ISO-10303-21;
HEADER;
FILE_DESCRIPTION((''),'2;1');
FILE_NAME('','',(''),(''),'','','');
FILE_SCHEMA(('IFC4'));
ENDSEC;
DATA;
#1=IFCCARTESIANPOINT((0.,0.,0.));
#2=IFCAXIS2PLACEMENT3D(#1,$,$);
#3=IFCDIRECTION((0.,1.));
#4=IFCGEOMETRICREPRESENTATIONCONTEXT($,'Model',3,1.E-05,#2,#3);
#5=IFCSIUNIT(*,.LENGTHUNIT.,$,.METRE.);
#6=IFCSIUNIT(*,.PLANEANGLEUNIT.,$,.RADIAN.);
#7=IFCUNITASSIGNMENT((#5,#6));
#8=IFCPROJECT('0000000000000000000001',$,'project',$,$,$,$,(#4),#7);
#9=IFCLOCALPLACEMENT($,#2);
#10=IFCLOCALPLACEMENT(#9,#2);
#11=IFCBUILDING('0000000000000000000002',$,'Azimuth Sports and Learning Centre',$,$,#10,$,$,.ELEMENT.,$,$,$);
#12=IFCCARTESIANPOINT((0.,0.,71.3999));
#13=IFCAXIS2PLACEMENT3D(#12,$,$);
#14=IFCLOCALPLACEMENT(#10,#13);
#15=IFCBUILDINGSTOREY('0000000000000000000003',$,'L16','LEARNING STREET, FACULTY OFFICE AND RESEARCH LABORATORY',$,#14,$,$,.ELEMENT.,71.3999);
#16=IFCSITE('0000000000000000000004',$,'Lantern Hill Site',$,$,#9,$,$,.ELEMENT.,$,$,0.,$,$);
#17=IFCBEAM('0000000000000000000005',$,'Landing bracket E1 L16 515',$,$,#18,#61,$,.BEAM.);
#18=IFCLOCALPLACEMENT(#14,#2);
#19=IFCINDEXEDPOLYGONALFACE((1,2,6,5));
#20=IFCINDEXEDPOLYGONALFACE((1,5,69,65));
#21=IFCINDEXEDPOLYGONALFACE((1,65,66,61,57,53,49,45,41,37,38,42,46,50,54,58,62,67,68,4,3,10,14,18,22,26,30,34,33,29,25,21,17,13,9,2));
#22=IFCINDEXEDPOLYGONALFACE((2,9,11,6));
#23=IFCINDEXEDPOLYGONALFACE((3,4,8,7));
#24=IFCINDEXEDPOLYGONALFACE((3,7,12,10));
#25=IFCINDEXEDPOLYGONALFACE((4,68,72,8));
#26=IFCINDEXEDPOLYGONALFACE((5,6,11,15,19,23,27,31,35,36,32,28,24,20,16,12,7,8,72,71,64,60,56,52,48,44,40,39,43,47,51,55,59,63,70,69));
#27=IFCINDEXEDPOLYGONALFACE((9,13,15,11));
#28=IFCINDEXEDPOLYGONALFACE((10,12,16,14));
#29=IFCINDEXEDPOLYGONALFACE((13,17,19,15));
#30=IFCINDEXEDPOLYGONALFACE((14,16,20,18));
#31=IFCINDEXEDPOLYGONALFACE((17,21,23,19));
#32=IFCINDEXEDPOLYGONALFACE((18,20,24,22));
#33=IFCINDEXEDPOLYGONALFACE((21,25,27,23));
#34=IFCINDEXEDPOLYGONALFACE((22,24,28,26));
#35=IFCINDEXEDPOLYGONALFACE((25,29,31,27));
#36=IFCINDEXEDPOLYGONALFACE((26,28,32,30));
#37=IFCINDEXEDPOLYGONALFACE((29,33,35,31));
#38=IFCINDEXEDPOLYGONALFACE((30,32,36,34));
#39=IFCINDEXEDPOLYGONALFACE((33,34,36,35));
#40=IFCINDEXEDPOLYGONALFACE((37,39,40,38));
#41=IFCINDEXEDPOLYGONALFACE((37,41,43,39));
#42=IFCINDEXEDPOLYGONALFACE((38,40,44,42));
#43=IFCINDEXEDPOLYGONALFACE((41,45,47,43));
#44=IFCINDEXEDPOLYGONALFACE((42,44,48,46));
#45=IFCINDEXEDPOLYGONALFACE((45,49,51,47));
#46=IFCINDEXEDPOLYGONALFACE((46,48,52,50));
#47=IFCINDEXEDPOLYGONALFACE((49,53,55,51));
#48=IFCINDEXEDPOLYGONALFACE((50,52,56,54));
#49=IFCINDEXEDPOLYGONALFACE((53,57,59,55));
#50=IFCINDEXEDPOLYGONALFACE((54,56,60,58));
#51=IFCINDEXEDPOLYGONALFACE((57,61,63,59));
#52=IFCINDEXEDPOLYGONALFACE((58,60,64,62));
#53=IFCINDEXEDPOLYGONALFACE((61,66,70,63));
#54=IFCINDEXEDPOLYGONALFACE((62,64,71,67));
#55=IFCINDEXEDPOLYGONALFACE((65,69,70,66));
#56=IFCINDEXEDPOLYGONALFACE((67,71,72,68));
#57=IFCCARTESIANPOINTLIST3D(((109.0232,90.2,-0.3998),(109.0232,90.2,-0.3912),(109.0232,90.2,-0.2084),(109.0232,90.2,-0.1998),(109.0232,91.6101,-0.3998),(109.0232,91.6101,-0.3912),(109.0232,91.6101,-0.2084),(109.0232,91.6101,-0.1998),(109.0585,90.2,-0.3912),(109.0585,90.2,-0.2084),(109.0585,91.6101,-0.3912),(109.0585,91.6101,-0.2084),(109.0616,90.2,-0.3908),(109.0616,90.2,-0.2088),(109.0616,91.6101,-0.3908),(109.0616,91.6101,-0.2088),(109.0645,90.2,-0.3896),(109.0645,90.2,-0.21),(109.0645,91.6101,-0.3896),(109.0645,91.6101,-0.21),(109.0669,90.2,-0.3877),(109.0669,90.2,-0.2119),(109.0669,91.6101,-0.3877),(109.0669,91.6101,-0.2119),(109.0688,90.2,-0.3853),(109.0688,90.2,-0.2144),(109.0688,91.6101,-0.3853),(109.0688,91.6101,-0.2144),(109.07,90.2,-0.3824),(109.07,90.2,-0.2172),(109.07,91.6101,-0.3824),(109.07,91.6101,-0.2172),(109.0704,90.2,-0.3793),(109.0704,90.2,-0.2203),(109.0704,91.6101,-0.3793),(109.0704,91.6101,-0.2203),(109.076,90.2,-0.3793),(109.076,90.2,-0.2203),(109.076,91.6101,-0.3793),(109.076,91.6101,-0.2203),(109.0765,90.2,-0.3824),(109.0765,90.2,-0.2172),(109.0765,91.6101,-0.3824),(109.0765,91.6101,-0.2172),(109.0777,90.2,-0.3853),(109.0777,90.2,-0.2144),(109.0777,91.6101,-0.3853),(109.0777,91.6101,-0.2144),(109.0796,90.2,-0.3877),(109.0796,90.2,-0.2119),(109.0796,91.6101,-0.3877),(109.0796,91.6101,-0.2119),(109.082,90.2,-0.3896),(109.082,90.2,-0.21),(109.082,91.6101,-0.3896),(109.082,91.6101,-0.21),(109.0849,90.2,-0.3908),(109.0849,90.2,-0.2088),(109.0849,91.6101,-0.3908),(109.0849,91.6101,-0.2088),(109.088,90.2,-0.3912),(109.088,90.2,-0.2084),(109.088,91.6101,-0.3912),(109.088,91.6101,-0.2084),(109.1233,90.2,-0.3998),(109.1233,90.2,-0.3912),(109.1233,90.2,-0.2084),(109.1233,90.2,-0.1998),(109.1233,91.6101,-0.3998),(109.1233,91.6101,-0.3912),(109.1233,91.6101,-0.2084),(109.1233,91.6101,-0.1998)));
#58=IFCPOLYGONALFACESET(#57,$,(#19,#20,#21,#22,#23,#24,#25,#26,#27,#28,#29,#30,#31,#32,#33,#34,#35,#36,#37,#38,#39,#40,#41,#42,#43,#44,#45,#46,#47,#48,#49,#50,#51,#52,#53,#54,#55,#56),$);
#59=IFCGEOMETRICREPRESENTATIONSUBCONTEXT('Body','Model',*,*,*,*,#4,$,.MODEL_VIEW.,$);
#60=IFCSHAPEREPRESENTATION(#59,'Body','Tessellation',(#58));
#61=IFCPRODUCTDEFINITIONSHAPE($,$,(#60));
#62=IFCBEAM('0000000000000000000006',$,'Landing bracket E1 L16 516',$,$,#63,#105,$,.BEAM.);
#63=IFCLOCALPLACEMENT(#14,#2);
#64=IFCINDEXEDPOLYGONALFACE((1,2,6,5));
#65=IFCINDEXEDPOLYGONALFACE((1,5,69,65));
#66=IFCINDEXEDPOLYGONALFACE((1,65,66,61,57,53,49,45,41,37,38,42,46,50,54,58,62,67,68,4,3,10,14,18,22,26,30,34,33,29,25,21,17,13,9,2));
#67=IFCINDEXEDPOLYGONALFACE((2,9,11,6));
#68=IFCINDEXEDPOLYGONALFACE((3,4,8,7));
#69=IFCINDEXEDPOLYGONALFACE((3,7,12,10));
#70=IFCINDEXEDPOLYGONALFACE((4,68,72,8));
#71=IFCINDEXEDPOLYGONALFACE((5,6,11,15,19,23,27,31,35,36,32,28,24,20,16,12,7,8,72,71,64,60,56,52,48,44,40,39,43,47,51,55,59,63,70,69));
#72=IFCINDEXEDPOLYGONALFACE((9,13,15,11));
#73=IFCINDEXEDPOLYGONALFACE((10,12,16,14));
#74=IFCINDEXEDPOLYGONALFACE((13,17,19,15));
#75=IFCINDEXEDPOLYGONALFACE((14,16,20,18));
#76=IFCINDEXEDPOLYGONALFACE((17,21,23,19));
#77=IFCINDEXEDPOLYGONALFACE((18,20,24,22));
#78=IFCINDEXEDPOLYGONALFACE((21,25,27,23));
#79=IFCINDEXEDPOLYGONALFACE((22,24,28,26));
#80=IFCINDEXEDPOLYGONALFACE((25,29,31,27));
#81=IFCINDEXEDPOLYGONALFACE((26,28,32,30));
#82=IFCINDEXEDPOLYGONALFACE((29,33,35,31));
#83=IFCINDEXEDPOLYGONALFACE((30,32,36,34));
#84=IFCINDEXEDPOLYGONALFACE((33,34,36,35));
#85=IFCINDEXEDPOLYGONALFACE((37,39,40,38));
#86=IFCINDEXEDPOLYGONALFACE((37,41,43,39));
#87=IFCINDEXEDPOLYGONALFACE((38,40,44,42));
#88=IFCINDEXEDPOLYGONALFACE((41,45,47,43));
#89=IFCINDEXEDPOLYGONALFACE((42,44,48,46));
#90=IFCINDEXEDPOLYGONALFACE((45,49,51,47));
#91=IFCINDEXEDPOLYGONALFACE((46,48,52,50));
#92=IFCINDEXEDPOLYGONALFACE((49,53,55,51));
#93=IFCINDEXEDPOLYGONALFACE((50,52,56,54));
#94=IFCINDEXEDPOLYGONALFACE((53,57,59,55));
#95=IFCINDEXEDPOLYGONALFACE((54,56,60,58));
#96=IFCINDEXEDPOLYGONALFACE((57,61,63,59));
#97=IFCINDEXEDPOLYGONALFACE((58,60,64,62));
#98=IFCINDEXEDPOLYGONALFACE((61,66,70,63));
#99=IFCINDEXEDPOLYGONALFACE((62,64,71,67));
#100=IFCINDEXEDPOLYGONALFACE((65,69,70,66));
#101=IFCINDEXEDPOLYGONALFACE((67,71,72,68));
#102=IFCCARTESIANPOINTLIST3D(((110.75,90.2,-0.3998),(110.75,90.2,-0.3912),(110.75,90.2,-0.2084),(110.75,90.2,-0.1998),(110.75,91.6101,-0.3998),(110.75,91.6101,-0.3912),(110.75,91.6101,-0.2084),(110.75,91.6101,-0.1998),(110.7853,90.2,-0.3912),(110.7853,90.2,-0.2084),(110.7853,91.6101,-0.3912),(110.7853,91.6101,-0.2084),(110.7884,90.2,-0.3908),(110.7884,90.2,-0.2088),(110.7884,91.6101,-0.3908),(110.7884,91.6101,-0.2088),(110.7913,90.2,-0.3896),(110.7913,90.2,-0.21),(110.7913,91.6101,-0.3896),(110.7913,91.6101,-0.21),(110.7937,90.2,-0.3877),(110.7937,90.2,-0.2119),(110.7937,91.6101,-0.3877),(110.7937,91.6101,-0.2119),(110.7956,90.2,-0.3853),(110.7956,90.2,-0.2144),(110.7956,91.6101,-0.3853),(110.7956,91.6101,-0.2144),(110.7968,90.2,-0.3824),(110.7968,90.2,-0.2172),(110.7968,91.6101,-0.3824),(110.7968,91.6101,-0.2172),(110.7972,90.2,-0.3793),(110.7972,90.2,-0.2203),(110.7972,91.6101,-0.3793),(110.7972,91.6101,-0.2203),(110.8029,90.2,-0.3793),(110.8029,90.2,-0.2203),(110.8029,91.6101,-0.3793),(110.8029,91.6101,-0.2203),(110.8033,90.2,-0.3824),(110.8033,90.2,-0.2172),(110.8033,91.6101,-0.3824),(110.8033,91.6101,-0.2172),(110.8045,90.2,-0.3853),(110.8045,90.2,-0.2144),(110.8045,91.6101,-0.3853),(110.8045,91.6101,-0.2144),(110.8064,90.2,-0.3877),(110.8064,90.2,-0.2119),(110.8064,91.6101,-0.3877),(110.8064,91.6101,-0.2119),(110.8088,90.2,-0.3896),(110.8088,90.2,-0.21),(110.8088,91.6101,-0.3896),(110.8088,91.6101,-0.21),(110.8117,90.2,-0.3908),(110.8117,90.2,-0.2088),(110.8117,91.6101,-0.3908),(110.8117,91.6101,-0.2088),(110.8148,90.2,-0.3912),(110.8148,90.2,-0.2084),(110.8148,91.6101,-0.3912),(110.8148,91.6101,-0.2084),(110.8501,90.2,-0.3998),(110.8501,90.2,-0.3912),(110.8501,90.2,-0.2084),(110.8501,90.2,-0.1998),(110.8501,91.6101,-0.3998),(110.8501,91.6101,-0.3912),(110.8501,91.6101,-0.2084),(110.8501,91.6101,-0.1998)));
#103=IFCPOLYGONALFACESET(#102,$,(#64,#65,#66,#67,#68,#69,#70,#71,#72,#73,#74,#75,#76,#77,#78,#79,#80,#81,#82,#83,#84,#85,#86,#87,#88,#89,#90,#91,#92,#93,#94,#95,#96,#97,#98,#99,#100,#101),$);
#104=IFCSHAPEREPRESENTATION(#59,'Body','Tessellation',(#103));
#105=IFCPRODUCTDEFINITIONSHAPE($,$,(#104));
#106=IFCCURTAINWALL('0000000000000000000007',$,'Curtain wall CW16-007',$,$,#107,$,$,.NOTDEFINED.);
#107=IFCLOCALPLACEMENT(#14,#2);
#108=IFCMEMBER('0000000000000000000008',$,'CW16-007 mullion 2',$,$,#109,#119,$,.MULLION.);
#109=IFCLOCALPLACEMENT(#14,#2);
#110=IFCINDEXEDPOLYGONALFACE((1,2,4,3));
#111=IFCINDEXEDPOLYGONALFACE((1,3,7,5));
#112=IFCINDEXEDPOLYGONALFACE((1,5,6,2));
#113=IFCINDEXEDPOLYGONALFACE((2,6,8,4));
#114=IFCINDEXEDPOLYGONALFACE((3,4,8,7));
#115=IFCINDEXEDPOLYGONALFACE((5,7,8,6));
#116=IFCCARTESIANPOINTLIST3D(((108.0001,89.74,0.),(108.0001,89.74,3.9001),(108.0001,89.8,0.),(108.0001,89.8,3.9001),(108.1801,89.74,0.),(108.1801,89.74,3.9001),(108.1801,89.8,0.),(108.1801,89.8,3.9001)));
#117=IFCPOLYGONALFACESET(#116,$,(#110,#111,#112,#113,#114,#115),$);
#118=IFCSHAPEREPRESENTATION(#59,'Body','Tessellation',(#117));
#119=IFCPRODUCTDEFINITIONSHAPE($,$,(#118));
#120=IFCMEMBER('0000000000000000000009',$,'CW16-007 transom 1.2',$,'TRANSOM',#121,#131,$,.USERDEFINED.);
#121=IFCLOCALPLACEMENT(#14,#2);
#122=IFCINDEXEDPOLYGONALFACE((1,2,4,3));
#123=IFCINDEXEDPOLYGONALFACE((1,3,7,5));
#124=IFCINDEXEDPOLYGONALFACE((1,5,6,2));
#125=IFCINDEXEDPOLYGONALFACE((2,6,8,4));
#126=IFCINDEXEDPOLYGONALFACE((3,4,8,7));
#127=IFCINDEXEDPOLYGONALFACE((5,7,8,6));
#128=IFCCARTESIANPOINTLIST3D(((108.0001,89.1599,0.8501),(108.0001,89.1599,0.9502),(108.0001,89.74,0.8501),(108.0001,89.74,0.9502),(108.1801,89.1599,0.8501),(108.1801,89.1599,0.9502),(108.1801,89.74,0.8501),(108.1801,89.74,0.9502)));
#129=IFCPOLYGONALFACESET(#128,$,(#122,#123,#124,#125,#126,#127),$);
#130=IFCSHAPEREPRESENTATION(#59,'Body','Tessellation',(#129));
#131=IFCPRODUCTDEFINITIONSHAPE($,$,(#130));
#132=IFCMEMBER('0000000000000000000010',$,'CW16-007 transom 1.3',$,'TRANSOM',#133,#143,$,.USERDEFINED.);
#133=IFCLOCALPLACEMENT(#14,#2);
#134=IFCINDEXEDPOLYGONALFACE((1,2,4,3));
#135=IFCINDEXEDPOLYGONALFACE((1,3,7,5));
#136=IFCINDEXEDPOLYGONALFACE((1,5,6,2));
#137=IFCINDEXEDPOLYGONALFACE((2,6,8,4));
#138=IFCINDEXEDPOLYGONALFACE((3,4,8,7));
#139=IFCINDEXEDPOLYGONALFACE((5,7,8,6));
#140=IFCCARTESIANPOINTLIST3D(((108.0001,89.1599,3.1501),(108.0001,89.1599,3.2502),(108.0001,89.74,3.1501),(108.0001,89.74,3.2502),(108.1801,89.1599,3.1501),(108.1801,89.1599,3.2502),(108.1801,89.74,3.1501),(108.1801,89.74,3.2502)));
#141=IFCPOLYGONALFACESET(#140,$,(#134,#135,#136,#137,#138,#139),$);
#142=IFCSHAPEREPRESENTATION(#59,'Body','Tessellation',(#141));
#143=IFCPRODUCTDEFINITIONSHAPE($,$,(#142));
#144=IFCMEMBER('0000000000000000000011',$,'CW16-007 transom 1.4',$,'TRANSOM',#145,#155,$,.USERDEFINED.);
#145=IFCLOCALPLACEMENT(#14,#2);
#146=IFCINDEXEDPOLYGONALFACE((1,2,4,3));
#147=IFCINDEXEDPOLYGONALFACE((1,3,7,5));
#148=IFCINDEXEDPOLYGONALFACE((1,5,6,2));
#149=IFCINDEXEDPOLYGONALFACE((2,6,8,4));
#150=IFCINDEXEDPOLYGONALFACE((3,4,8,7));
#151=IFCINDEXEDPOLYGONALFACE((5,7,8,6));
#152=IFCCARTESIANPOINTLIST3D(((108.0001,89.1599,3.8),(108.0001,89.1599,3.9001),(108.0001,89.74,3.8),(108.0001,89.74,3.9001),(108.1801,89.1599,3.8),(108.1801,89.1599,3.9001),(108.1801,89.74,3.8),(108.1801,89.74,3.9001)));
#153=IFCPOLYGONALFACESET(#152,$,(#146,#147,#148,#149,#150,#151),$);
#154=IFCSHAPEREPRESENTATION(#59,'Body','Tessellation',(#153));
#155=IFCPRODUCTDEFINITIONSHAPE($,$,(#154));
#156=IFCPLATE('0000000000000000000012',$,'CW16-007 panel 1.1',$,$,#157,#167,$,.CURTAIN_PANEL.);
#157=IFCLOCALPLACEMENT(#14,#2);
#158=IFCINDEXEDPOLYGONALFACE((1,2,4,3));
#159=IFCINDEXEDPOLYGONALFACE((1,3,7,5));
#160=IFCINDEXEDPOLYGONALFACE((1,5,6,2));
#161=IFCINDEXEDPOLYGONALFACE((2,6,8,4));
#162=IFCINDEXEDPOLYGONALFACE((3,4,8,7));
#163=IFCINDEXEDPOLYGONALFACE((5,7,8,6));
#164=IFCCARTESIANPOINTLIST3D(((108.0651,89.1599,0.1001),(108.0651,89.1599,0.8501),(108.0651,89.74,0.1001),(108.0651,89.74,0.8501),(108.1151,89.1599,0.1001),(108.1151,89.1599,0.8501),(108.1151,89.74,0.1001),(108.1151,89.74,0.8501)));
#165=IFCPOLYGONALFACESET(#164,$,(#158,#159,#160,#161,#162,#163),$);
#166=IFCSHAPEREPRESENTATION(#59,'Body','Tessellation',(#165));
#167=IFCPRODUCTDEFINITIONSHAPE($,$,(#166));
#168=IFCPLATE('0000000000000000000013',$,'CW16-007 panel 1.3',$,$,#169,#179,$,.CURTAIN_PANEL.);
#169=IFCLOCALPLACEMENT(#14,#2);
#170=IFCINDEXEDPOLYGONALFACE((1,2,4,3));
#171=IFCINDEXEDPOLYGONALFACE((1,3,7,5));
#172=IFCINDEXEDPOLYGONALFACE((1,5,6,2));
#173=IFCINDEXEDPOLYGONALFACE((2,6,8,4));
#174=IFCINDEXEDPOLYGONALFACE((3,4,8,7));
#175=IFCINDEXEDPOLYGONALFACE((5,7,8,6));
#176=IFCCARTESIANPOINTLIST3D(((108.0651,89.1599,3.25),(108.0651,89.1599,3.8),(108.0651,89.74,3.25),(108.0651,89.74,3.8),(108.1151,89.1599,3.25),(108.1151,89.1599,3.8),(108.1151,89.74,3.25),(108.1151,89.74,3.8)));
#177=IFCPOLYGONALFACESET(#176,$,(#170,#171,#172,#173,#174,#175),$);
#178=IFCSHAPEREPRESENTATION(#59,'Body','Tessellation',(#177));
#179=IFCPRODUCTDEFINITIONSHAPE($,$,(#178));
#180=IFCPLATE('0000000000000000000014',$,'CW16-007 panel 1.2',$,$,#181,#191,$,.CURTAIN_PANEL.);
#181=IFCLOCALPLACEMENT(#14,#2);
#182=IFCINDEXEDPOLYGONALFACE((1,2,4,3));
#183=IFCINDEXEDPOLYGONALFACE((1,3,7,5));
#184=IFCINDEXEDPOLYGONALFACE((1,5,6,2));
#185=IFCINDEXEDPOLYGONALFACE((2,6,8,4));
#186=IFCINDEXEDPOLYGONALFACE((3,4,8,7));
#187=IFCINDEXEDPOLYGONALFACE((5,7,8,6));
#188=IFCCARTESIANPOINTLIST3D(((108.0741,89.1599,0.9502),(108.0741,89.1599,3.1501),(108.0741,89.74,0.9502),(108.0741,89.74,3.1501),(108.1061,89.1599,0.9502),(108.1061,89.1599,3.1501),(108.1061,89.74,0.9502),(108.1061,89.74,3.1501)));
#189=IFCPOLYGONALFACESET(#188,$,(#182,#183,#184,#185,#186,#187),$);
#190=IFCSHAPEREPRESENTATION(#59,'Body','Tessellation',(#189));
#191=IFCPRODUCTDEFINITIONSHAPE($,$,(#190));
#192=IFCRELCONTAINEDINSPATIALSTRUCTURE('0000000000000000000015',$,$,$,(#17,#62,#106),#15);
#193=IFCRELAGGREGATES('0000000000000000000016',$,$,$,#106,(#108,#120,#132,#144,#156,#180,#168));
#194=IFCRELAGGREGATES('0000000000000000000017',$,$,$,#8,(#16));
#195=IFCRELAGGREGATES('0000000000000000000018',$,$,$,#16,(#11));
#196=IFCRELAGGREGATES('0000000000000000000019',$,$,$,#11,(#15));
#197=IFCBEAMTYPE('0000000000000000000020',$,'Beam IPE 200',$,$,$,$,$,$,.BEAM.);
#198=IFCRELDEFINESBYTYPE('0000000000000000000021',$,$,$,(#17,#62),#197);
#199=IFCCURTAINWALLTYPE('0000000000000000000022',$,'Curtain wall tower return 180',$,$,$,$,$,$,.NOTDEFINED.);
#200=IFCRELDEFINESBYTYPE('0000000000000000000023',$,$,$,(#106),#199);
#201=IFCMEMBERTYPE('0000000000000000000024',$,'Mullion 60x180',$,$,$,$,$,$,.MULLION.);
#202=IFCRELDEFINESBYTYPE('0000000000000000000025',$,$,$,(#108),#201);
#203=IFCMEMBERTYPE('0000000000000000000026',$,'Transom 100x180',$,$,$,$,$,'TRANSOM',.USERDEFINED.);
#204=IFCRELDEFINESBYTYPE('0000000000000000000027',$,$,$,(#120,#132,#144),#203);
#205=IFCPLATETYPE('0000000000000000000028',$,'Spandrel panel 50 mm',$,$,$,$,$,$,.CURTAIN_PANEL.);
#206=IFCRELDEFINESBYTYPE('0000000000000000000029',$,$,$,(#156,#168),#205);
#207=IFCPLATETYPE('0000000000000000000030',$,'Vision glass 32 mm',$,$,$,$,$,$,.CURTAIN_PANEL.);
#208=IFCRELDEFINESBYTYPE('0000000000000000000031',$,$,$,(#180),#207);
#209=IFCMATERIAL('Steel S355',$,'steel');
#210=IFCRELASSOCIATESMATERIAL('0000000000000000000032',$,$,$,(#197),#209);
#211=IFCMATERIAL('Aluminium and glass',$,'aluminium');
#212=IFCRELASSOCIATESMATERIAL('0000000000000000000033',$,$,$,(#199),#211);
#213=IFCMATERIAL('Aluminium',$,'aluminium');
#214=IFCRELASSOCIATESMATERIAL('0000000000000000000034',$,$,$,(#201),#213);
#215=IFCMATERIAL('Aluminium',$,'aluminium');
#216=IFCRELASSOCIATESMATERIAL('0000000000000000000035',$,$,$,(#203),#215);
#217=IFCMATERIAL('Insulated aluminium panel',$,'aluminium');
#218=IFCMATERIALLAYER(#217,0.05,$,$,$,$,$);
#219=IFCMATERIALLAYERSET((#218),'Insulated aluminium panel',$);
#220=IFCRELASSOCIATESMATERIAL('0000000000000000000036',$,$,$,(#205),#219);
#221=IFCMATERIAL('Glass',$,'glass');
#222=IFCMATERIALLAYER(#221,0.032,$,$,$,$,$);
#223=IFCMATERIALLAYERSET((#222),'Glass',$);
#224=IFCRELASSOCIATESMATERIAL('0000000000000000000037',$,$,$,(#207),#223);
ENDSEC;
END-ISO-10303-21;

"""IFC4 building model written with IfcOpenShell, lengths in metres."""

from ifc_helpers import new_model, si_unit, direction, frame, origin, origin_2d, place, context, subcontext, project, spatial, rectangle, i_section, extrude, material, layer, layer_set, material_profile, profile_set, type_object, element, aggregate, save


model = new_model("IFC4")

# Units and contexts
model_context = context("Model", 3, precision=1e-05, world=origin(), true_north=direction((0.0, 1.0)))
body_context = subcontext(model_context, "Body", "Model", "MODEL_VIEW")
ifc_project = project(units=[si_unit("LENGTHUNIT", "METRE"), si_unit("PLANEANGLEUNIT", "RADIAN")], contexts=[model_context])

# Site, building, storey
site_placement = place(None, origin())
site = spatial("IfcSite", under=ifc_project, at=site_placement, Name="Lantern Hill Site", CompositionType="ELEMENT", RefElevation=0.0)
building_placement = place(site_placement, origin())
building = spatial("IfcBuilding", under=site, at=building_placement, Name="Azimuth Sports and Learning Centre", CompositionType="ELEMENT")
storey_placement = place(building_placement, frame((0.0, 0.0, 71.3999)))
storey = spatial("IfcBuildingStorey", under=building, at=storey_placement, Name="L16", Description="LEARNING STREET, FACULTY OFFICE AND RESEARCH LABORATORY", CompositionType="ELEMENT", Elevation=71.3999)

# Beams
ifc_material_1 = material(Name="Steel S355", Category="steel")
ifc_material_profile_1 = material_profile(ifc_material_1, i_section(OverallWidth=0.1001, OverallDepth=0.2, WebThickness=0.0056, FlangeThickness=0.0085, FilletRadius=0.012, at=origin_2d()), Name="IPE 200")
ifc_profile_set_1 = profile_set([ifc_material_profile_1], Name="Steel S355")
beam_type = type_object("IfcBeamType", Name="Beam IPE 200", PredefinedType="BEAM", material=ifc_profile_set_1)
for number, where, z_axis, x_axis, name in (
    (1, (109.0732, 90.2, -0.2998), (0.0, 1.0, 0.0), (-1.0, 0.0, 0.0), "Landing bracket E1 L16 515"),
    (2, (110.8, 90.2, -0.2998), (0.0, 1.0, 0.0), (-1.0, 0.0, 0.0), "Landing bracket E1 L16 516"),
):
    element("IfcBeam", number, at=place(storey_placement, frame(where, z_axis=z_axis, x_axis=x_axis)), inside=storey, type_object=beam_type, Name=name, PredefinedType="BEAM", context=body_context, shape_type="SweptSolid", body=[
        extrude(i_section(OverallWidth=0.1001, OverallDepth=0.2, WebThickness=0.0056, FlangeThickness=0.0085, FilletRadius=0.012, at=origin_2d()), origin(), (0.0, 0.0, 1.0), 1.4102),
    ])

# Curtain wall, members, plates
ifc_material_2 = material(Name="Aluminium and glass", Category="aluminium")
curtain_wall_type = type_object("IfcCurtainWallType", Name="Curtain wall tower return 180", PredefinedType="NOTDEFINED", material=ifc_material_2)
curtain_wall_placement = place(storey_placement, origin())
curtain_wall = element("IfcCurtainWall", 3, at=curtain_wall_placement, inside=storey, type_object=curtain_wall_type, Name="Curtain wall CW16-007", PredefinedType="NOTDEFINED")
ifc_material_3 = material(Name="Aluminium", Category="aluminium")
ifc_material_profile_2 = material_profile(ifc_material_3, rectangle(XDim=0.1799, YDim=0.0601, at=origin_2d()), Name="Mullion 60x180")
ifc_profile_set_2 = profile_set([ifc_material_profile_2], Name="Aluminium")
member_type_1 = type_object("IfcMemberType", Name="Mullion 60x180", PredefinedType="MULLION", material=ifc_profile_set_2)
member_1_placement = place(storey_placement, frame((108.0901, 89.77, 0.0), z_axis=(0.0, 0.0, 1.0), x_axis=(-1.0, 0.0, 0.0)))
member_1 = element("IfcMember", 4, at=member_1_placement, type_object=member_type_1, Name="CW16-007 mullion 2", PredefinedType="MULLION", context=body_context, shape_type="SweptSolid", body=[
    extrude(rectangle(XDim=0.1799, YDim=0.0601, at=origin_2d()), origin(), (0.0, 0.0, 1.0), 3.9001),
])
ifc_material_4 = material(Name="Aluminium", Category="aluminium")
ifc_material_profile_3 = material_profile(ifc_material_4, rectangle(XDim=0.1799, YDim=0.1001, at=origin_2d()), Name="Transom 100x180")
ifc_profile_set_3 = profile_set([ifc_material_profile_3], Name="Aluminium")
member_type_2 = type_object("IfcMemberType", Name="Transom 100x180", ElementType="TRANSOM", PredefinedType="USERDEFINED", material=ifc_profile_set_3)
member_2_placement = place(storey_placement, frame((108.0901, 89.1599, 0.9001), z_axis=(0.0, 1.0, 0.0), x_axis=(-1.0, 0.0, 0.0)))
member_2 = element("IfcMember", 5, at=member_2_placement, type_object=member_type_2, Name="CW16-007 transom 1.2", ObjectType="TRANSOM", PredefinedType="USERDEFINED", context=body_context, shape_type="SweptSolid", body=[
    extrude(rectangle(XDim=0.1799, YDim=0.1001, at=origin_2d()), origin(), (0.0, 0.0, 1.0), 0.5801),
])
member_3_placement = place(storey_placement, frame((108.0901, 89.1599, 3.2002), z_axis=(0.0, 1.0, 0.0), x_axis=(-1.0, 0.0, 0.0)))
member_3 = element("IfcMember", 6, at=member_3_placement, type_object=member_type_2, Name="CW16-007 transom 1.3", ObjectType="TRANSOM", PredefinedType="USERDEFINED", context=body_context, shape_type="SweptSolid", body=[
    extrude(rectangle(XDim=0.1799, YDim=0.1001, at=origin_2d()), origin(), (0.0, 0.0, 1.0), 0.5801),
])
member_4_placement = place(storey_placement, frame((108.0901, 89.1599, 3.8501), z_axis=(0.0, 1.0, 0.0), x_axis=(-1.0, 0.0, 0.0)))
member_4 = element("IfcMember", 7, at=member_4_placement, type_object=member_type_2, Name="CW16-007 transom 1.4", ObjectType="TRANSOM", PredefinedType="USERDEFINED", context=body_context, shape_type="SweptSolid", body=[
    extrude(rectangle(XDim=0.1799, YDim=0.1001, at=origin_2d()), origin(), (0.0, 0.0, 1.0), 0.5801),
])
ifc_material_5 = material(Name="Insulated aluminium panel", Category="aluminium")
ifc_layer_1 = layer(ifc_material_5, 0.05)
ifc_layer_set_1 = layer_set([ifc_layer_1], Name="Insulated aluminium panel")
plate_type_1 = type_object("IfcPlateType", Name="Spandrel panel 50 mm", PredefinedType="CURTAIN_PANEL", material=ifc_layer_set_1)
plate_1_placement = place(storey_placement, frame((108.0901, 89.45, 0.1001), z_axis=(0.0, 0.0, 1.0), x_axis=(0.0, 1.0, 0.0)))
plate_1 = element("IfcPlate", 8, at=plate_1_placement, type_object=plate_type_1, Name="CW16-007 panel 1.1", PredefinedType="CURTAIN_PANEL", context=body_context, shape_type="SweptSolid", body=[
    extrude(rectangle(XDim=0.5801, YDim=0.05, at=origin_2d()), origin(), (0.0, 0.0, 1.0), 0.75),
])
plate_2_placement = place(storey_placement, frame((108.0901, 89.45, 3.25), z_axis=(0.0, 0.0, 1.0), x_axis=(0.0, 1.0, 0.0)))
plate_2 = element("IfcPlate", 9, at=plate_2_placement, type_object=plate_type_1, Name="CW16-007 panel 1.3", PredefinedType="CURTAIN_PANEL", context=body_context, shape_type="SweptSolid", body=[
    extrude(rectangle(XDim=0.5801, YDim=0.05, at=origin_2d()), origin(), (0.0, 0.0, 1.0), 0.55),
])
ifc_material_6 = material(Name="Glass", Category="glass")
ifc_layer_2 = layer(ifc_material_6, 0.032)
ifc_layer_set_2 = layer_set([ifc_layer_2], Name="Glass")
plate_type_2 = type_object("IfcPlateType", Name="Vision glass 32 mm", PredefinedType="CURTAIN_PANEL", material=ifc_layer_set_2)
plate_3_placement = place(storey_placement, frame((108.0901, 89.45, 0.9502), z_axis=(0.0, 0.0, 1.0), x_axis=(0.0, 1.0, 0.0)))
plate_3 = element("IfcPlate", 10, at=plate_3_placement, type_object=plate_type_2, Name="CW16-007 panel 1.2", PredefinedType="CURTAIN_PANEL", context=body_context, shape_type="SweptSolid", body=[
    extrude(rectangle(XDim=0.5801, YDim=0.032, at=origin_2d()), origin(), (0.0, 0.0, 1.0), 2.2),
])
aggregate(curtain_wall, [member_1, member_2, member_3, member_4, plate_1, plate_3, plate_2])

save(model, "model.ifc")
